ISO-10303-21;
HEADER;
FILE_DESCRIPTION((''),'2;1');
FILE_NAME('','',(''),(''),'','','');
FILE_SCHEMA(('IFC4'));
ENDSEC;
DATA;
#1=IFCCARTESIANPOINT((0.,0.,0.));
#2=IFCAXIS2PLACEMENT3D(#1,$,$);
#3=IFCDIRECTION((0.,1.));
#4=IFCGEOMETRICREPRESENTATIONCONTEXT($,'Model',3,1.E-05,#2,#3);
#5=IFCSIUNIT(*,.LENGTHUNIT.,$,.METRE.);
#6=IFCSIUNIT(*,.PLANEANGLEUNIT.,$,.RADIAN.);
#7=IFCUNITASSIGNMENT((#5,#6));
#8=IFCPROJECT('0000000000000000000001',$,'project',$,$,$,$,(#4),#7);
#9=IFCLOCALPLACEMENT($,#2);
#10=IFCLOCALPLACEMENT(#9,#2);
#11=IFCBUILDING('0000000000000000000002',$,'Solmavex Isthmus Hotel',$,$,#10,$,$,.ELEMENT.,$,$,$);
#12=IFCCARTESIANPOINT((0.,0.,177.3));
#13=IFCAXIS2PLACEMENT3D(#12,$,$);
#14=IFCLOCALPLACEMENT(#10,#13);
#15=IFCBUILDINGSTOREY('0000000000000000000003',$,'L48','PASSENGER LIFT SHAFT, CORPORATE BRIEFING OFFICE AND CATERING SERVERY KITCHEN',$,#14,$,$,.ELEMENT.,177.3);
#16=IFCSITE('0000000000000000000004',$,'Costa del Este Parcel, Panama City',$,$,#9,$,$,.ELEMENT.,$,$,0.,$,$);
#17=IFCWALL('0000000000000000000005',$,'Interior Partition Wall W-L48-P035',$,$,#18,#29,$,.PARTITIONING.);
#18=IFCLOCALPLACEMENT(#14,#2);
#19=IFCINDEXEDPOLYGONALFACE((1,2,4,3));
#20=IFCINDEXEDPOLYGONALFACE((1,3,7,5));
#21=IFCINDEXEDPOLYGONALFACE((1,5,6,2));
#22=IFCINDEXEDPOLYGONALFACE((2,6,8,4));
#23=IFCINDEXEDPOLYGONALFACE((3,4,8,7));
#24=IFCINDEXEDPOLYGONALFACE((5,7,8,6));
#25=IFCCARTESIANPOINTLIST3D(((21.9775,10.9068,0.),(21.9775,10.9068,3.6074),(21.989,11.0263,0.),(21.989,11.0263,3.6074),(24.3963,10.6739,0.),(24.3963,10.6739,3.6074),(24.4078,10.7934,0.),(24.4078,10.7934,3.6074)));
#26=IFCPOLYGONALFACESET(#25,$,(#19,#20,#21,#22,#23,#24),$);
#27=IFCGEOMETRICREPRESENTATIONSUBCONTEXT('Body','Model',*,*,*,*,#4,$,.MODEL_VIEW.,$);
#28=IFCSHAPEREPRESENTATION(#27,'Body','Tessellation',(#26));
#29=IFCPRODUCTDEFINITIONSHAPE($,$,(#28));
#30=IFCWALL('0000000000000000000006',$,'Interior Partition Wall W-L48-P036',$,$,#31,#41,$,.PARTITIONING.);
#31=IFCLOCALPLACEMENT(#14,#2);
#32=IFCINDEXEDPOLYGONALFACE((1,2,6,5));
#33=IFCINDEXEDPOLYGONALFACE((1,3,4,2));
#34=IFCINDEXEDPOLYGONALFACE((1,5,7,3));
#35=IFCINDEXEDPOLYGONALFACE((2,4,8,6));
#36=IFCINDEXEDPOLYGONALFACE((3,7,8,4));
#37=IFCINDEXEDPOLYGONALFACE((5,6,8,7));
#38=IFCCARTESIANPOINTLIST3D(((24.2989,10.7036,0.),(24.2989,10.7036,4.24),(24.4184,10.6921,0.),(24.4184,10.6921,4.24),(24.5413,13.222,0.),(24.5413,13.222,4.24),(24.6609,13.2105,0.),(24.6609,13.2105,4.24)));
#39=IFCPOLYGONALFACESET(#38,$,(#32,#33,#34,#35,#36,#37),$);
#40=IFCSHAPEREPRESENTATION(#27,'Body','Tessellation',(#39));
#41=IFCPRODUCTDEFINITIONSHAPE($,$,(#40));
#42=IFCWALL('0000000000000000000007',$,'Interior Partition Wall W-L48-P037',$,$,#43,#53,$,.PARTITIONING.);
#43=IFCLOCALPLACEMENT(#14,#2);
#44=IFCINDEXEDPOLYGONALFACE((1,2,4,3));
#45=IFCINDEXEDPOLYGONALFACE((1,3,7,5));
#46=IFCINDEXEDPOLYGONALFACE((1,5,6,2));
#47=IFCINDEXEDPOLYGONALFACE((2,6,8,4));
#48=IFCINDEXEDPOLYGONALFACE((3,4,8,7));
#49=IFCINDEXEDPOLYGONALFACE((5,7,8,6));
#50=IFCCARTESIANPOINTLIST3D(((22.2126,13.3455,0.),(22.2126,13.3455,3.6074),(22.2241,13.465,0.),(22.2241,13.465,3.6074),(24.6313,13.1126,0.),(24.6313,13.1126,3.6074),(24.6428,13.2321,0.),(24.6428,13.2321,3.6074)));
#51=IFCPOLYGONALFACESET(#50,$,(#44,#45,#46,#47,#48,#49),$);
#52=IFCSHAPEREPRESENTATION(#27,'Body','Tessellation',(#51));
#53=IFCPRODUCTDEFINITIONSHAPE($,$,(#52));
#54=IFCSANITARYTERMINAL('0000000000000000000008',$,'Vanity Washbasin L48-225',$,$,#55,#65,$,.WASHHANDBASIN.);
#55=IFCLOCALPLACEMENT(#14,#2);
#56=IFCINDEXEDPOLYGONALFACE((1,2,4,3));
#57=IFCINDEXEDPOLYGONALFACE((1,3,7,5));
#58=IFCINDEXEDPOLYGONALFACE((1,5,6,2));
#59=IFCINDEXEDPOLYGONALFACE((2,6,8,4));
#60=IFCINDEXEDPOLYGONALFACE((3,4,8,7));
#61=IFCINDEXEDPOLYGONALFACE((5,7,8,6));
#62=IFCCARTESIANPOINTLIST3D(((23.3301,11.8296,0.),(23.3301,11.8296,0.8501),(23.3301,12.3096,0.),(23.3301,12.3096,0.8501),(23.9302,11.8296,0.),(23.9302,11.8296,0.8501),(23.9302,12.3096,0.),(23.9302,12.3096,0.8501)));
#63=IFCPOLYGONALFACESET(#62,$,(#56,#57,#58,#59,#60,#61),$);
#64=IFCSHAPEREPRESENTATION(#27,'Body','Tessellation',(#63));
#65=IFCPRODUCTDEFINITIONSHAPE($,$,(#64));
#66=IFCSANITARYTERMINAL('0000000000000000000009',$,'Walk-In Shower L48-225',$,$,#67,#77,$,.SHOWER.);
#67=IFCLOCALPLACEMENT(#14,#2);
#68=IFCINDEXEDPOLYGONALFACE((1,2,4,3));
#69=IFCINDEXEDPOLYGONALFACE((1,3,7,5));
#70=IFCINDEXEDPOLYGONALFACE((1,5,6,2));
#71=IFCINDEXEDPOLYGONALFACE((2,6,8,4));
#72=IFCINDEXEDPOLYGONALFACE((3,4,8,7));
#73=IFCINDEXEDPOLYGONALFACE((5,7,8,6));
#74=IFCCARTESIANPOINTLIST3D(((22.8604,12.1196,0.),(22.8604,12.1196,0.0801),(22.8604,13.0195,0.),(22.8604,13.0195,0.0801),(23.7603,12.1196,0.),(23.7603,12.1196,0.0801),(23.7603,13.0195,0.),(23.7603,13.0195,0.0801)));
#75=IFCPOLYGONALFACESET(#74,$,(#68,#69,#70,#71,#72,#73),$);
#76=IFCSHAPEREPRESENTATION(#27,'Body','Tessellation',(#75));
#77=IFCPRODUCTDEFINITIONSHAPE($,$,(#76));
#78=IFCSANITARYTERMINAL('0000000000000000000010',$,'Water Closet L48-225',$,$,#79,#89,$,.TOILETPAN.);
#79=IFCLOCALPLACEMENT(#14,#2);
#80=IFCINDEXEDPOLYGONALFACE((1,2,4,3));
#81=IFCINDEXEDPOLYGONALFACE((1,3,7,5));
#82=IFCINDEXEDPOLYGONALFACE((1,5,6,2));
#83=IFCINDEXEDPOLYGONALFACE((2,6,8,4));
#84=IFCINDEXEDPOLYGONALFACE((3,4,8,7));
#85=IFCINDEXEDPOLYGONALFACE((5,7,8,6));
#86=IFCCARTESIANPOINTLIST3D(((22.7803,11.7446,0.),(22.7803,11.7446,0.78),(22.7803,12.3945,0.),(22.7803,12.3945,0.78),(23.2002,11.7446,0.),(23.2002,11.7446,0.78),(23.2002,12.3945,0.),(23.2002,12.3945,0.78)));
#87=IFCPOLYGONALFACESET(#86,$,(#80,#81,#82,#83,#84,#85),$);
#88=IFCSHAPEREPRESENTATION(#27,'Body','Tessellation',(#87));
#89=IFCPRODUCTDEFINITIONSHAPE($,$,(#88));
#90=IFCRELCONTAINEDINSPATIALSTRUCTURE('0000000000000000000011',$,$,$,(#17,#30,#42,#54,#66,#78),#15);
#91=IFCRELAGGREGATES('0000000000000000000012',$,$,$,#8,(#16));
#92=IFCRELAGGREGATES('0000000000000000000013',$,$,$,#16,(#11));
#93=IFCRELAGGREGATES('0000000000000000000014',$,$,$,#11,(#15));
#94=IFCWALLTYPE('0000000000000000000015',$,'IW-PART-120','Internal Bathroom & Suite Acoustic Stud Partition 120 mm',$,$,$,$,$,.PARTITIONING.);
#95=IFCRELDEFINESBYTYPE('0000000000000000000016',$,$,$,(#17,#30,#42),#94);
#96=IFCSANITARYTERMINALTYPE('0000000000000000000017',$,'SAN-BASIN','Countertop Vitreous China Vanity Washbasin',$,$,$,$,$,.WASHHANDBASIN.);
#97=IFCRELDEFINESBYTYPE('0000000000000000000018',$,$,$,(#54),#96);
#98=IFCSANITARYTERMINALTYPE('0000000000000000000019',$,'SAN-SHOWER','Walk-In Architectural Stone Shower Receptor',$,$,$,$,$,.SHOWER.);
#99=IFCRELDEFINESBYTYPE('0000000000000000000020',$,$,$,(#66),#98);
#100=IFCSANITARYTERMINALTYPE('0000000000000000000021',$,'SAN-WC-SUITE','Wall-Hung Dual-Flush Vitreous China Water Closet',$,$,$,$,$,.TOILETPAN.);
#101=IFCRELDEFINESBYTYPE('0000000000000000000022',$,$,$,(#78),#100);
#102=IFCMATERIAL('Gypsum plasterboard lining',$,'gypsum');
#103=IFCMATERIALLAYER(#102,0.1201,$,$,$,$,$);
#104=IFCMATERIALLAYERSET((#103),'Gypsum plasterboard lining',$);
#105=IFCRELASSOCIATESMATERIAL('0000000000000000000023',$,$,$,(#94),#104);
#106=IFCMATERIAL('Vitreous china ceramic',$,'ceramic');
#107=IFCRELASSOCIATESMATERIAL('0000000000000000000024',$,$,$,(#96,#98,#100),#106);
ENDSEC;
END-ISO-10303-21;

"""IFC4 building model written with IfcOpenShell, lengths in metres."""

from ifc_helpers import new_model, si_unit, direction, frame, frame_2d, origin, origin_2d, place, context, subcontext, project, spatial, rectangle, extrude, material, layer, layer_set, type_object, element, save


model = new_model("IFC4")

# Units and contexts
model_context = context("Model", 3, precision=1e-05, world=origin(), true_north=direction((0.0, 1.0)))
body_context = subcontext(model_context, "Body", "Model", "MODEL_VIEW")
ifc_project = project(units=[si_unit("LENGTHUNIT", "METRE"), si_unit("PLANEANGLEUNIT", "RADIAN")], contexts=[model_context])

# Site, building, storey
site_placement = place(None, origin())
site = spatial("IfcSite", under=ifc_project, at=site_placement, Name="Costa del Este Parcel, Panama City", CompositionType="ELEMENT", RefElevation=0.0)
building_placement = place(site_placement, origin())
building = spatial("IfcBuilding", under=site, at=building_placement, Name="Solmavex Isthmus Hotel", CompositionType="ELEMENT")
storey_placement = place(building_placement, frame((0.0, 0.0, 177.3)))
storey = spatial("IfcBuildingStorey", under=building, at=storey_placement, Name="L48", Description="PASSENGER LIFT SHAFT, CORPORATE BRIEFING OFFICE AND CATERING SERVERY KITCHEN", CompositionType="ELEMENT", Elevation=177.3)

# Shared definitions
ifc_material_1 = material(Name="Gypsum plasterboard lining", Category="gypsum")

# Shared definitions
ifc_layer_1 = layer(ifc_material_1, 0.1201)
ifc_layer_set_1 = layer_set([ifc_layer_1], Name="Gypsum plasterboard lining")
wall_type_1 = type_object("IfcWallType", Name="IW-PART-120", Description="Internal Bathroom & Suite Acoustic Stud Partition 120 mm", PredefinedType="PARTITIONING", material=ifc_layer_set_1)

# Walls
wall_1_placement = place(storey_placement, frame((21.9834, 10.9666, 0.0), z_axis=(0.0, 0.0, 1.0), x_axis=(0.995396, -0.095852, 0.0)))
element("IfcWall", 1, at=wall_1_placement, inside=storey, type_object=wall_type_1, Name="Interior Partition Wall W-L48-P035", PredefinedType="PARTITIONING", context=body_context, shape_type="SweptSolid", body=[
    extrude(rectangle(XDim=2.4299, YDim=0.1201, at=frame_2d((1.2148, 0.0))), origin(), (0.0, 0.0, 1.0), 3.6074),
])
wall_2_placement = place(storey_placement, frame((24.3586, 10.6978, 0.0), z_axis=(0.0, 0.0, 1.0), x_axis=(0.095825, 0.995398, 0.0)))
element("IfcWall", 2, at=wall_2_placement, inside=storey, type_object=wall_type_1, Name="Interior Partition Wall W-L48-P036", PredefinedType="PARTITIONING", context=body_context, shape_type="SweptSolid", body=[
    extrude(rectangle(XDim=2.53, YDim=0.1201, at=frame_2d((1.2651, 0.0))), origin(), (0.0, 0.0, 1.0), 4.24),
])
wall_3_placement = place(storey_placement, frame((24.637, 13.1724, 0.0), z_axis=(0.0, 0.0, 1.0), x_axis=(-0.995396, 0.095852, 0.0)))
element("IfcWall", 3, at=wall_3_placement, inside=storey, type_object=wall_type_1, Name="Interior Partition Wall W-L48-P037", PredefinedType="PARTITIONING", context=body_context, shape_type="SweptSolid", body=[
    extrude(rectangle(XDim=2.4299, YDim=0.1201, at=frame_2d((1.2148, 0.0))), origin(), (0.0, 0.0, 1.0), 3.6074),
])

# Sanitary terminals
ifc_material_2 = material(Name="Vitreous china ceramic", Category="ceramic")
sanitary_terminal_type_1 = type_object("IfcSanitaryTerminalType", Name="SAN-BASIN", Description="Countertop Vitreous China Vanity Washbasin", PredefinedType="WASHHANDBASIN", material=ifc_material_2)
sanitary_terminal_1_placement = place(storey_placement, frame((23.6301, 12.0696, 0.0), z_axis=(0.0, 0.0, 1.0), x_axis=(1.0, 0.0, 0.0)))
element("IfcSanitaryTerminal", 4, at=sanitary_terminal_1_placement, inside=storey, type_object=sanitary_terminal_type_1, Name="Vanity Washbasin L48-225", PredefinedType="WASHHANDBASIN", context=body_context, shape_type="SweptSolid", body=[
    extrude(rectangle(XDim=0.6001, YDim=0.48, at=origin_2d()), origin(), (0.0, 0.0, 1.0), 0.8501),
])
sanitary_terminal_type_2 = type_object("IfcSanitaryTerminalType", Name="SAN-SHOWER", Description="Walk-In Architectural Stone Shower Receptor", PredefinedType="SHOWER", material=ifc_material_2)
sanitary_terminal_2_placement = place(storey_placement, frame((23.3103, 12.5696, 0.0), z_axis=(0.0, 0.0, 1.0), x_axis=(1.0, 0.0, 0.0)))
element("IfcSanitaryTerminal", 5, at=sanitary_terminal_2_placement, inside=storey, type_object=sanitary_terminal_type_2, Name="Walk-In Shower L48-225", PredefinedType="SHOWER", context=body_context, shape_type="SweptSolid", body=[
    extrude(rectangle(XDim=0.8999, YDim=0.8999, at=origin_2d()), origin(), (0.0, 0.0, 1.0), 0.0801),
])
sanitary_terminal_type_3 = type_object("IfcSanitaryTerminalType", Name="SAN-WC-SUITE", Description="Wall-Hung Dual-Flush Vitreous China Water Closet", PredefinedType="TOILETPAN", material=ifc_material_2)
sanitary_terminal_3_placement = place(storey_placement, frame((22.9902, 12.0696, 0.0), z_axis=(0.0, 0.0, 1.0), x_axis=(1.0, 0.0, 0.0)))
element("IfcSanitaryTerminal", 6, at=sanitary_terminal_3_placement, inside=storey, type_object=sanitary_terminal_type_3, Name="Water Closet L48-225", PredefinedType="TOILETPAN", context=body_context, shape_type="SweptSolid", body=[
    extrude(rectangle(XDim=0.4199, YDim=0.6499, at=origin_2d()), origin(), (0.0, 0.0, 1.0), 0.78),
])

save(model, "model.ifc")
